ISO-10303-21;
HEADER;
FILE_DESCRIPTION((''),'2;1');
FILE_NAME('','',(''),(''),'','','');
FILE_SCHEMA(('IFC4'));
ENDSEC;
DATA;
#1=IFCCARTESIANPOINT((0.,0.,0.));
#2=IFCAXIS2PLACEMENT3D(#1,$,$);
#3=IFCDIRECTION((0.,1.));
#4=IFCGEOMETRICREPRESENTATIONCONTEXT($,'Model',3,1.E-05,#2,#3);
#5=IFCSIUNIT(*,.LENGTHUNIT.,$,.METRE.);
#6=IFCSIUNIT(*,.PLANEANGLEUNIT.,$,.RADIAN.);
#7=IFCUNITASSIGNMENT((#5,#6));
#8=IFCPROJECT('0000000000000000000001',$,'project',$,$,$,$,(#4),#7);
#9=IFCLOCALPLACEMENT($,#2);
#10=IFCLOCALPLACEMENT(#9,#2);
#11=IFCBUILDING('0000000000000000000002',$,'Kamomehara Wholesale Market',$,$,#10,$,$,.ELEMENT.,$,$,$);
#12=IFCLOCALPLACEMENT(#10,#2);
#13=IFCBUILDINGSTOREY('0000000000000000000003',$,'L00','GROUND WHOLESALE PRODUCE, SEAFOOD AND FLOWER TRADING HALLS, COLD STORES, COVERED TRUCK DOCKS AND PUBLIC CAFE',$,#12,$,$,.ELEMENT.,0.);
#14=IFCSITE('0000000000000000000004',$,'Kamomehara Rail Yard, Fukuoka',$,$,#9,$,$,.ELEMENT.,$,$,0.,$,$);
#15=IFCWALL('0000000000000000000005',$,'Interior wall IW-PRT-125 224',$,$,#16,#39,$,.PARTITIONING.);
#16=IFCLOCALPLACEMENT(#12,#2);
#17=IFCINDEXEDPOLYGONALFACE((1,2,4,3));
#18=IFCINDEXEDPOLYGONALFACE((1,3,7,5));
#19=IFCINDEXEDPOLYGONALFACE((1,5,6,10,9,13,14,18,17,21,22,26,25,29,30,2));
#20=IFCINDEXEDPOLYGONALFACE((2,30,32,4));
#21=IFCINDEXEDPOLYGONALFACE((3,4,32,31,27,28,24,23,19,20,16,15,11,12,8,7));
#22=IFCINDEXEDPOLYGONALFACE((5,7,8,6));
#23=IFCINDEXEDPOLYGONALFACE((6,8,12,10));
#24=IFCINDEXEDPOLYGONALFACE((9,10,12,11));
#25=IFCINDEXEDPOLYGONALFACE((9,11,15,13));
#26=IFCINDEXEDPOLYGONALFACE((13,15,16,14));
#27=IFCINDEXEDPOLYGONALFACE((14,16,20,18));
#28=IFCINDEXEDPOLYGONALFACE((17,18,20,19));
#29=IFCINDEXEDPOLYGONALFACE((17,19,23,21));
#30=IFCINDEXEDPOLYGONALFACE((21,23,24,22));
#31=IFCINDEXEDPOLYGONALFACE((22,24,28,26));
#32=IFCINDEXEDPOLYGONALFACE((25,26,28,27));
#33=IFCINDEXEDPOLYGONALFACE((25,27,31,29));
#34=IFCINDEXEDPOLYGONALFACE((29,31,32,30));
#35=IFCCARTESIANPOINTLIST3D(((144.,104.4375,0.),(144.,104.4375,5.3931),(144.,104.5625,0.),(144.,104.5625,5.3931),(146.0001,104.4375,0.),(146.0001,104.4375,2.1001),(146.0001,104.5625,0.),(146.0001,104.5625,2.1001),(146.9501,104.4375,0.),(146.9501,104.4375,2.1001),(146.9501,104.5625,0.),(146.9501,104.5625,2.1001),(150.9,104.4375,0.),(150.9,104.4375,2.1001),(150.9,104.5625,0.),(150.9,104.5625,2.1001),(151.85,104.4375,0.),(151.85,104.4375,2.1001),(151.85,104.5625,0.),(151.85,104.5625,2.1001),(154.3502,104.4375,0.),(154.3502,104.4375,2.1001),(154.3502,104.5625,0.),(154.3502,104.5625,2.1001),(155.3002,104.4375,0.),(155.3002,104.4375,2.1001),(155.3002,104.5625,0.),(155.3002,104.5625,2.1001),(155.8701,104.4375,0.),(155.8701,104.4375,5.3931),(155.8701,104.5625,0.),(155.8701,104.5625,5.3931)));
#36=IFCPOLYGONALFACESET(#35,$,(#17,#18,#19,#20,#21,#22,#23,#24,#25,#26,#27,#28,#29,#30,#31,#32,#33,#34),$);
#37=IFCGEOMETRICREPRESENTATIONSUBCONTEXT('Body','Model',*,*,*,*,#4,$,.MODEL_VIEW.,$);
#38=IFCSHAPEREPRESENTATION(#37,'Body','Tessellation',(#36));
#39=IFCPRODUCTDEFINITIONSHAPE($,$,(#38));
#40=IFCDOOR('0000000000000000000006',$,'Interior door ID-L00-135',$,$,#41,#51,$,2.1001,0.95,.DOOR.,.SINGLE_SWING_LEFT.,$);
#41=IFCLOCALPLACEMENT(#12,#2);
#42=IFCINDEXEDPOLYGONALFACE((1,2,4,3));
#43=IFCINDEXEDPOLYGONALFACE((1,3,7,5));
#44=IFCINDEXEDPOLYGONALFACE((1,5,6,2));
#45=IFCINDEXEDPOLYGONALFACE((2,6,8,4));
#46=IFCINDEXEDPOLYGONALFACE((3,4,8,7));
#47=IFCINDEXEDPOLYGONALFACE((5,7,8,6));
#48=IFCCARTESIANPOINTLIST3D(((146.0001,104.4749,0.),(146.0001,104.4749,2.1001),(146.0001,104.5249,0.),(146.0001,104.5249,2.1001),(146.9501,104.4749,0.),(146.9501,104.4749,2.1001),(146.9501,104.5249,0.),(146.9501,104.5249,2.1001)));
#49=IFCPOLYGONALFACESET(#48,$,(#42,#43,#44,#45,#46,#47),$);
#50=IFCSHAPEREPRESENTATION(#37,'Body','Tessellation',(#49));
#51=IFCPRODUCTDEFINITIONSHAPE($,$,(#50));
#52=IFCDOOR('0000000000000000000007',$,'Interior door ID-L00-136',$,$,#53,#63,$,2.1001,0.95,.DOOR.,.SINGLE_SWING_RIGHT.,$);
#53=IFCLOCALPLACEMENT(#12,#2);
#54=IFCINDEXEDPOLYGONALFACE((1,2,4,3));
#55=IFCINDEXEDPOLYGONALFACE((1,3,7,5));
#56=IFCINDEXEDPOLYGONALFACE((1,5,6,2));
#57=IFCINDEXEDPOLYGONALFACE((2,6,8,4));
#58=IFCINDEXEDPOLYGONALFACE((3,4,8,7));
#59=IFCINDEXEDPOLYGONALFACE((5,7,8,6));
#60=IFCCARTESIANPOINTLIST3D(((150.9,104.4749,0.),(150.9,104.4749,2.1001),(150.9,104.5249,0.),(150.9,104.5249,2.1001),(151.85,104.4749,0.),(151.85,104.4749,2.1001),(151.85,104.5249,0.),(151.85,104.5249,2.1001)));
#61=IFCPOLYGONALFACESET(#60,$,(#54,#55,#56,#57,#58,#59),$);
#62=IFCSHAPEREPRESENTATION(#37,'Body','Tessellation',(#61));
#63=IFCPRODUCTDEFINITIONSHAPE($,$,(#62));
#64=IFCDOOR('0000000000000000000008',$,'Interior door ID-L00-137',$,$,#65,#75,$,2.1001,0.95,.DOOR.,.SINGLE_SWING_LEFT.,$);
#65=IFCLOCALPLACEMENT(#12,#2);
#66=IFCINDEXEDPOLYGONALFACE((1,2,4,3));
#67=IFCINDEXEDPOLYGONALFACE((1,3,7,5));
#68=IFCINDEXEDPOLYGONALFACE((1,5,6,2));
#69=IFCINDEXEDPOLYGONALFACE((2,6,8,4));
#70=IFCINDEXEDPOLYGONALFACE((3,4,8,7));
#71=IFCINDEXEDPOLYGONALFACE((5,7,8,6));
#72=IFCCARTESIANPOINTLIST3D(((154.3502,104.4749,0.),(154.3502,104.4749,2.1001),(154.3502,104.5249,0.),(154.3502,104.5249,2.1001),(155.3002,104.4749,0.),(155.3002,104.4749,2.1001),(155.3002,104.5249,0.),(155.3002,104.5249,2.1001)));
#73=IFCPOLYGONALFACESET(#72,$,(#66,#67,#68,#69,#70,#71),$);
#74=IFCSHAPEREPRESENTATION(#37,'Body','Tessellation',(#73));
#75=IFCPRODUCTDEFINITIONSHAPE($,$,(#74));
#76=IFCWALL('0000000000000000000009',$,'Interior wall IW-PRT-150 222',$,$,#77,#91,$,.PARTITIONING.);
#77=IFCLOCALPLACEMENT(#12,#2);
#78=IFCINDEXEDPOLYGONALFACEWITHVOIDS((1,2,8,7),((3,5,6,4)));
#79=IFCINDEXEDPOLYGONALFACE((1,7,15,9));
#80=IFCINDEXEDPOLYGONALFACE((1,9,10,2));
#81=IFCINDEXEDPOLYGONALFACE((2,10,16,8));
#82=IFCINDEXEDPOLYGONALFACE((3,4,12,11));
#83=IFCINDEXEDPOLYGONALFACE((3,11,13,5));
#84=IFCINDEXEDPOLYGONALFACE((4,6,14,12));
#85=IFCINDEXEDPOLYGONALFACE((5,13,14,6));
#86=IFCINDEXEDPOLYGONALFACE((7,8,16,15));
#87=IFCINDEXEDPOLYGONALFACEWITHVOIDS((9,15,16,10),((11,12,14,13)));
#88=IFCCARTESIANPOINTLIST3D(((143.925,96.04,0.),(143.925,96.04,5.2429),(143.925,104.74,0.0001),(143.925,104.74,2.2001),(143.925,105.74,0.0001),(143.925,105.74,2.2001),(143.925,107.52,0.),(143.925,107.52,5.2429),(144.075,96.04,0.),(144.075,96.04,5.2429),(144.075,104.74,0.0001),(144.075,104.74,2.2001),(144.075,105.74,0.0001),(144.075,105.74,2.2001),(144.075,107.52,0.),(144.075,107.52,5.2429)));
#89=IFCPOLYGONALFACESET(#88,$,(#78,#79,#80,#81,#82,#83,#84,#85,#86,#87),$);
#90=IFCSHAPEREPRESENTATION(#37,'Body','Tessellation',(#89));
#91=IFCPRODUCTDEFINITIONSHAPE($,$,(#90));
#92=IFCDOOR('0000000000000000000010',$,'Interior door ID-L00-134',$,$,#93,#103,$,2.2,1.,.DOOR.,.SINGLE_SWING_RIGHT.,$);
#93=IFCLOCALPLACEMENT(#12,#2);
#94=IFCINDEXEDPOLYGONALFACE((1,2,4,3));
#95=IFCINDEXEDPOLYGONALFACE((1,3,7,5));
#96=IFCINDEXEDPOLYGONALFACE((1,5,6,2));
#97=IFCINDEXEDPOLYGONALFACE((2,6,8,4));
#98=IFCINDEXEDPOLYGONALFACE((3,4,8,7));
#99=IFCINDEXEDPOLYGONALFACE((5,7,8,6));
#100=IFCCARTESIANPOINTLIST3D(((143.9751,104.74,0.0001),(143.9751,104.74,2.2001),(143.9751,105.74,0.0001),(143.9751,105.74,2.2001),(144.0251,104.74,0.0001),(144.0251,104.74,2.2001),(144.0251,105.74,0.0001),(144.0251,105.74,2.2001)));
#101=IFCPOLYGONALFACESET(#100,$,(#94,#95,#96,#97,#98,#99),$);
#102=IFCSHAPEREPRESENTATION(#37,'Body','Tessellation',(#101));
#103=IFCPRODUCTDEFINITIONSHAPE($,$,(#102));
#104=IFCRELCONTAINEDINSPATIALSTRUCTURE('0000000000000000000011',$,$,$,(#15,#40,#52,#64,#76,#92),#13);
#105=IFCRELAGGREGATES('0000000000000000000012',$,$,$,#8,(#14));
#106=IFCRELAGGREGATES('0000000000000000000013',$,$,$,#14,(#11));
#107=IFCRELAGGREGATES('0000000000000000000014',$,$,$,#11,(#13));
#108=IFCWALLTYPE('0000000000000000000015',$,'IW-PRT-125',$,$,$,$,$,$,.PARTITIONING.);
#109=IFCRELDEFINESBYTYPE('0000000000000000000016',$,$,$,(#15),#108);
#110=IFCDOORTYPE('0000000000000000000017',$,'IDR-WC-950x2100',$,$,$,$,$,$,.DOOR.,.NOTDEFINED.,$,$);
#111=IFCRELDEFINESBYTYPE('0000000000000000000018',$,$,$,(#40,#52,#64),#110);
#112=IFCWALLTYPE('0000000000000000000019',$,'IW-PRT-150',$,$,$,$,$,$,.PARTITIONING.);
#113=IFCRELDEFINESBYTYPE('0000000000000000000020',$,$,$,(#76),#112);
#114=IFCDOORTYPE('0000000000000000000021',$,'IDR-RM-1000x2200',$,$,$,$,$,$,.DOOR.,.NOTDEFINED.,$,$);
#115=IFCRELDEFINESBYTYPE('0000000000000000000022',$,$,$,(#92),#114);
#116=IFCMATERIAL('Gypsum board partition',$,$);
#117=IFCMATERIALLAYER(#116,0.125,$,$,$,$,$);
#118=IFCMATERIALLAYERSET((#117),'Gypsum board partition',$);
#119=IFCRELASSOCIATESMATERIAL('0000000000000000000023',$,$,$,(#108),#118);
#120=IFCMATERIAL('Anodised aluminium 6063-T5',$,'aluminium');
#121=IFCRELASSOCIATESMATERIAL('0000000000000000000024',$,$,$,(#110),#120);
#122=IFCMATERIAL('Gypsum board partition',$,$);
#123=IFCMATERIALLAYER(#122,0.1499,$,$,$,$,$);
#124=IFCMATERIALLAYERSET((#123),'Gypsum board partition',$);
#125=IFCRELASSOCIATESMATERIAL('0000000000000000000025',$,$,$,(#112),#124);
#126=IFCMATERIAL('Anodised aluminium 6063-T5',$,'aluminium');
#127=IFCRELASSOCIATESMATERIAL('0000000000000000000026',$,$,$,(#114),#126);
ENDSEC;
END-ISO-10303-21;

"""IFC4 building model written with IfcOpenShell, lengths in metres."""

from ifc_helpers import new_model, si_unit, direction, frame, frame_2d, origin, place, context, subcontext, project, spatial, rectangle, extrude, material, layer, layer_set, type_object, element, fill, save


model = new_model("IFC4")

# Units and contexts
model_context = context("Model", 3, precision=1e-05, world=origin(), true_north=direction((0.0, 1.0)))
body_context = subcontext(model_context, "Body", "Model", "MODEL_VIEW")
ifc_project = project(units=[si_unit("LENGTHUNIT", "METRE"), si_unit("PLANEANGLEUNIT", "RADIAN")], contexts=[model_context])

# Site, building, storey
site_placement = place(None, origin())
site = spatial("IfcSite", under=ifc_project, at=site_placement, Name="Kamomehara Rail Yard, Fukuoka", CompositionType="ELEMENT", RefElevation=0.0)
building_placement = place(site_placement, origin())
building = spatial("IfcBuilding", under=site, at=building_placement, Name="Kamomehara Wholesale Market", CompositionType="ELEMENT")
storey_placement = place(building_placement, origin())
storey = spatial("IfcBuildingStorey", under=building, at=storey_placement, Name="L00", Description="GROUND WHOLESALE PRODUCE, SEAFOOD AND FLOWER TRADING HALLS, COLD STORES, COVERED TRUCK DOCKS AND PUBLIC CAFE", CompositionType="ELEMENT", Elevation=0.0)

# Wall, openings, doors
ifc_material_1 = material(Name="Gypsum board partition")
ifc_layer_1 = layer(ifc_material_1, 0.125)
ifc_layer_set_1 = layer_set([ifc_layer_1], Name="Gypsum board partition")
wall_type_1 = type_object("IfcWallType", Name="IW-PRT-125", PredefinedType="PARTITIONING", material=ifc_layer_set_1)
wall_1_placement = place(storey_placement, frame((144.0, 104.5, 0.0), z_axis=(0.0, 0.0, 1.0), x_axis=(1.0, 0.0, 0.0)))
wall_1 = element("IfcWall", 1, at=wall_1_placement, inside=storey, type_object=wall_type_1, Name="Interior wall IW-PRT-125 224", PredefinedType="PARTITIONING", context=body_context, shape_type="SweptSolid", body=[
    extrude(rectangle(XDim=11.8701, YDim=0.125, at=frame_2d((5.9351, 0.0))), origin(), (0.0, 0.0, 1.0), 5.3931),
])
opening_1_placement = place(wall_1_placement, frame((2.0, 0.0, 0.0)))
opening_1 = element("IfcOpeningElement", 2, at=opening_1_placement, cuts=wall_1, PredefinedType="OPENING", context=body_context, shape_type="SweptSolid", body=[
    extrude(rectangle(XDim=0.95, YDim=2.1001, at=frame_2d((0.4751, 1.05))), frame((0.0, 0.0774, 0.0), z_axis=(0.0, -1.0, 0.0), x_axis=(1.0, 0.0, 0.0)), (0.0, 0.0, 1.0), 0.1548),
])
opening_2_placement = place(wall_1_placement, frame((6.8999, 0.0, 0.0)))
opening_2 = element("IfcOpeningElement", 3, at=opening_2_placement, cuts=wall_1, PredefinedType="OPENING", context=body_context, shape_type="SweptSolid", body=[
    extrude(rectangle(XDim=0.95, YDim=2.1001, at=frame_2d((0.4751, 1.05))), frame((0.0, 0.0774, 0.0), z_axis=(0.0, -1.0, 0.0), x_axis=(1.0, 0.0, 0.0)), (0.0, 0.0, 1.0), 0.1548),
])
opening_3_placement = place(wall_1_placement, frame((10.3501, 0.0, 0.0)))
opening_3 = element("IfcOpeningElement", 4, at=opening_3_placement, cuts=wall_1, PredefinedType="OPENING", context=body_context, shape_type="SweptSolid", body=[
    extrude(rectangle(XDim=0.95, YDim=2.1001, at=frame_2d((0.4751, 1.05))), frame((0.0, 0.0774, 0.0), z_axis=(0.0, -1.0, 0.0), x_axis=(1.0, 0.0, 0.0)), (0.0, 0.0, 1.0), 0.1548),
])
ifc_material_2 = material(Name="Anodised aluminium 6063-T5", Category="aluminium")
door_type_1 = type_object("IfcDoorType", Name="IDR-WC-950x2100", OperationType="NOTDEFINED", PredefinedType="DOOR", material=ifc_material_2)
door_1_placement = place(opening_1_placement, origin())
door_1 = element("IfcDoor", 5, at=door_1_placement, inside=storey, type_object=door_type_1, Name="Interior door ID-L00-135", OperationType="SINGLE_SWING_LEFT", OverallHeight=2.1001, OverallWidth=0.95, PredefinedType="DOOR", context=body_context, shape_type="SweptSolid", body=[
    extrude(rectangle(XDim=0.95, YDim=2.1001, at=frame_2d((0.4751, 1.05))), frame((0.0, 0.0249, 0.0), z_axis=(0.0, -1.0, 0.0), x_axis=(1.0, 0.0, 0.0)), (0.0, 0.0, 1.0), 0.05),
])
fill(opening_1, door_1)
door_2_placement = place(opening_2_placement, origin())
door_2 = element("IfcDoor", 6, at=door_2_placement, inside=storey, type_object=door_type_1, Name="Interior door ID-L00-136", OperationType="SINGLE_SWING_RIGHT", OverallHeight=2.1001, OverallWidth=0.95, PredefinedType="DOOR", context=body_context, shape_type="SweptSolid", body=[
    extrude(rectangle(XDim=0.95, YDim=2.1001, at=frame_2d((0.4751, 1.05))), frame((0.0, 0.0249, 0.0), z_axis=(0.0, -1.0, 0.0), x_axis=(1.0, 0.0, 0.0)), (0.0, 0.0, 1.0), 0.05),
])
fill(opening_2, door_2)
door_3_placement = place(opening_3_placement, origin())
door_3 = element("IfcDoor", 7, at=door_3_placement, inside=storey, type_object=door_type_1, Name="Interior door ID-L00-137", OperationType="SINGLE_SWING_LEFT", OverallHeight=2.1001, OverallWidth=0.95, PredefinedType="DOOR", context=body_context, shape_type="SweptSolid", body=[
    extrude(rectangle(XDim=0.95, YDim=2.1001, at=frame_2d((0.4751, 1.05))), frame((0.0, 0.0249, 0.0), z_axis=(0.0, -1.0, 0.0), x_axis=(1.0, 0.0, 0.0)), (0.0, 0.0, 1.0), 0.05),
])
fill(opening_3, door_3)

# Wall, opening, door
ifc_material_3 = material(Name="Gypsum board partition")
ifc_layer_2 = layer(ifc_material_3, 0.1499)
ifc_layer_set_2 = layer_set([ifc_layer_2], Name="Gypsum board partition")
wall_type_2 = type_object("IfcWallType", Name="IW-PRT-150", PredefinedType="PARTITIONING", material=ifc_layer_set_2)
wall_2_placement = place(storey_placement, frame((144.0, 96.04, 0.0), z_axis=(0.0, 0.0, 1.0), x_axis=(0.0, 1.0, 0.0)))
wall_2 = element("IfcWall", 8, at=wall_2_placement, inside=storey, type_object=wall_type_2, Name="Interior wall IW-PRT-150 222", PredefinedType="PARTITIONING", context=body_context, shape_type="SweptSolid", body=[
    extrude(rectangle(XDim=11.48, YDim=0.1499, at=frame_2d((5.74, 0.0))), origin(), (0.0, 0.0, 1.0), 5.2429),
])
opening_4_placement = place(wall_2_placement, frame((8.7, 0.0, 0.0)))
opening_4 = element("IfcOpeningElement", 9, at=opening_4_placement, cuts=wall_2, PredefinedType="OPENING", context=body_context, shape_type="SweptSolid", body=[
    extrude(rectangle(XDim=1.0, YDim=2.2, at=frame_2d((0.5, 1.1001))), frame((0.0, 0.0898, 0.0), z_axis=(0.0, -1.0, 0.0), x_axis=(1.0, 0.0, 0.0)), (0.0, 0.0, 1.0), 0.1797),
])
ifc_material_4 = material(Name="Anodised aluminium 6063-T5", Category="aluminium")
door_type_2 = type_object("IfcDoorType", Name="IDR-RM-1000x2200", OperationType="NOTDEFINED", PredefinedType="DOOR", material=ifc_material_4)
door_4_placement = place(opening_4_placement, origin())
door_4 = element("IfcDoor", 10, at=door_4_placement, inside=storey, type_object=door_type_2, Name="Interior door ID-L00-134", OperationType="SINGLE_SWING_RIGHT", OverallHeight=2.2, OverallWidth=1.0, PredefinedType="DOOR", context=body_context, shape_type="SweptSolid", body=[
    extrude(rectangle(XDim=1.0, YDim=2.2, at=frame_2d((0.5, 1.1001))), frame((0.0, 0.0249, 0.0), z_axis=(0.0, -1.0, 0.0), x_axis=(1.0, 0.0, 0.0)), (0.0, 0.0, 1.0), 0.05),
])
fill(opening_4, door_4)

save(model, "model.ifc")
